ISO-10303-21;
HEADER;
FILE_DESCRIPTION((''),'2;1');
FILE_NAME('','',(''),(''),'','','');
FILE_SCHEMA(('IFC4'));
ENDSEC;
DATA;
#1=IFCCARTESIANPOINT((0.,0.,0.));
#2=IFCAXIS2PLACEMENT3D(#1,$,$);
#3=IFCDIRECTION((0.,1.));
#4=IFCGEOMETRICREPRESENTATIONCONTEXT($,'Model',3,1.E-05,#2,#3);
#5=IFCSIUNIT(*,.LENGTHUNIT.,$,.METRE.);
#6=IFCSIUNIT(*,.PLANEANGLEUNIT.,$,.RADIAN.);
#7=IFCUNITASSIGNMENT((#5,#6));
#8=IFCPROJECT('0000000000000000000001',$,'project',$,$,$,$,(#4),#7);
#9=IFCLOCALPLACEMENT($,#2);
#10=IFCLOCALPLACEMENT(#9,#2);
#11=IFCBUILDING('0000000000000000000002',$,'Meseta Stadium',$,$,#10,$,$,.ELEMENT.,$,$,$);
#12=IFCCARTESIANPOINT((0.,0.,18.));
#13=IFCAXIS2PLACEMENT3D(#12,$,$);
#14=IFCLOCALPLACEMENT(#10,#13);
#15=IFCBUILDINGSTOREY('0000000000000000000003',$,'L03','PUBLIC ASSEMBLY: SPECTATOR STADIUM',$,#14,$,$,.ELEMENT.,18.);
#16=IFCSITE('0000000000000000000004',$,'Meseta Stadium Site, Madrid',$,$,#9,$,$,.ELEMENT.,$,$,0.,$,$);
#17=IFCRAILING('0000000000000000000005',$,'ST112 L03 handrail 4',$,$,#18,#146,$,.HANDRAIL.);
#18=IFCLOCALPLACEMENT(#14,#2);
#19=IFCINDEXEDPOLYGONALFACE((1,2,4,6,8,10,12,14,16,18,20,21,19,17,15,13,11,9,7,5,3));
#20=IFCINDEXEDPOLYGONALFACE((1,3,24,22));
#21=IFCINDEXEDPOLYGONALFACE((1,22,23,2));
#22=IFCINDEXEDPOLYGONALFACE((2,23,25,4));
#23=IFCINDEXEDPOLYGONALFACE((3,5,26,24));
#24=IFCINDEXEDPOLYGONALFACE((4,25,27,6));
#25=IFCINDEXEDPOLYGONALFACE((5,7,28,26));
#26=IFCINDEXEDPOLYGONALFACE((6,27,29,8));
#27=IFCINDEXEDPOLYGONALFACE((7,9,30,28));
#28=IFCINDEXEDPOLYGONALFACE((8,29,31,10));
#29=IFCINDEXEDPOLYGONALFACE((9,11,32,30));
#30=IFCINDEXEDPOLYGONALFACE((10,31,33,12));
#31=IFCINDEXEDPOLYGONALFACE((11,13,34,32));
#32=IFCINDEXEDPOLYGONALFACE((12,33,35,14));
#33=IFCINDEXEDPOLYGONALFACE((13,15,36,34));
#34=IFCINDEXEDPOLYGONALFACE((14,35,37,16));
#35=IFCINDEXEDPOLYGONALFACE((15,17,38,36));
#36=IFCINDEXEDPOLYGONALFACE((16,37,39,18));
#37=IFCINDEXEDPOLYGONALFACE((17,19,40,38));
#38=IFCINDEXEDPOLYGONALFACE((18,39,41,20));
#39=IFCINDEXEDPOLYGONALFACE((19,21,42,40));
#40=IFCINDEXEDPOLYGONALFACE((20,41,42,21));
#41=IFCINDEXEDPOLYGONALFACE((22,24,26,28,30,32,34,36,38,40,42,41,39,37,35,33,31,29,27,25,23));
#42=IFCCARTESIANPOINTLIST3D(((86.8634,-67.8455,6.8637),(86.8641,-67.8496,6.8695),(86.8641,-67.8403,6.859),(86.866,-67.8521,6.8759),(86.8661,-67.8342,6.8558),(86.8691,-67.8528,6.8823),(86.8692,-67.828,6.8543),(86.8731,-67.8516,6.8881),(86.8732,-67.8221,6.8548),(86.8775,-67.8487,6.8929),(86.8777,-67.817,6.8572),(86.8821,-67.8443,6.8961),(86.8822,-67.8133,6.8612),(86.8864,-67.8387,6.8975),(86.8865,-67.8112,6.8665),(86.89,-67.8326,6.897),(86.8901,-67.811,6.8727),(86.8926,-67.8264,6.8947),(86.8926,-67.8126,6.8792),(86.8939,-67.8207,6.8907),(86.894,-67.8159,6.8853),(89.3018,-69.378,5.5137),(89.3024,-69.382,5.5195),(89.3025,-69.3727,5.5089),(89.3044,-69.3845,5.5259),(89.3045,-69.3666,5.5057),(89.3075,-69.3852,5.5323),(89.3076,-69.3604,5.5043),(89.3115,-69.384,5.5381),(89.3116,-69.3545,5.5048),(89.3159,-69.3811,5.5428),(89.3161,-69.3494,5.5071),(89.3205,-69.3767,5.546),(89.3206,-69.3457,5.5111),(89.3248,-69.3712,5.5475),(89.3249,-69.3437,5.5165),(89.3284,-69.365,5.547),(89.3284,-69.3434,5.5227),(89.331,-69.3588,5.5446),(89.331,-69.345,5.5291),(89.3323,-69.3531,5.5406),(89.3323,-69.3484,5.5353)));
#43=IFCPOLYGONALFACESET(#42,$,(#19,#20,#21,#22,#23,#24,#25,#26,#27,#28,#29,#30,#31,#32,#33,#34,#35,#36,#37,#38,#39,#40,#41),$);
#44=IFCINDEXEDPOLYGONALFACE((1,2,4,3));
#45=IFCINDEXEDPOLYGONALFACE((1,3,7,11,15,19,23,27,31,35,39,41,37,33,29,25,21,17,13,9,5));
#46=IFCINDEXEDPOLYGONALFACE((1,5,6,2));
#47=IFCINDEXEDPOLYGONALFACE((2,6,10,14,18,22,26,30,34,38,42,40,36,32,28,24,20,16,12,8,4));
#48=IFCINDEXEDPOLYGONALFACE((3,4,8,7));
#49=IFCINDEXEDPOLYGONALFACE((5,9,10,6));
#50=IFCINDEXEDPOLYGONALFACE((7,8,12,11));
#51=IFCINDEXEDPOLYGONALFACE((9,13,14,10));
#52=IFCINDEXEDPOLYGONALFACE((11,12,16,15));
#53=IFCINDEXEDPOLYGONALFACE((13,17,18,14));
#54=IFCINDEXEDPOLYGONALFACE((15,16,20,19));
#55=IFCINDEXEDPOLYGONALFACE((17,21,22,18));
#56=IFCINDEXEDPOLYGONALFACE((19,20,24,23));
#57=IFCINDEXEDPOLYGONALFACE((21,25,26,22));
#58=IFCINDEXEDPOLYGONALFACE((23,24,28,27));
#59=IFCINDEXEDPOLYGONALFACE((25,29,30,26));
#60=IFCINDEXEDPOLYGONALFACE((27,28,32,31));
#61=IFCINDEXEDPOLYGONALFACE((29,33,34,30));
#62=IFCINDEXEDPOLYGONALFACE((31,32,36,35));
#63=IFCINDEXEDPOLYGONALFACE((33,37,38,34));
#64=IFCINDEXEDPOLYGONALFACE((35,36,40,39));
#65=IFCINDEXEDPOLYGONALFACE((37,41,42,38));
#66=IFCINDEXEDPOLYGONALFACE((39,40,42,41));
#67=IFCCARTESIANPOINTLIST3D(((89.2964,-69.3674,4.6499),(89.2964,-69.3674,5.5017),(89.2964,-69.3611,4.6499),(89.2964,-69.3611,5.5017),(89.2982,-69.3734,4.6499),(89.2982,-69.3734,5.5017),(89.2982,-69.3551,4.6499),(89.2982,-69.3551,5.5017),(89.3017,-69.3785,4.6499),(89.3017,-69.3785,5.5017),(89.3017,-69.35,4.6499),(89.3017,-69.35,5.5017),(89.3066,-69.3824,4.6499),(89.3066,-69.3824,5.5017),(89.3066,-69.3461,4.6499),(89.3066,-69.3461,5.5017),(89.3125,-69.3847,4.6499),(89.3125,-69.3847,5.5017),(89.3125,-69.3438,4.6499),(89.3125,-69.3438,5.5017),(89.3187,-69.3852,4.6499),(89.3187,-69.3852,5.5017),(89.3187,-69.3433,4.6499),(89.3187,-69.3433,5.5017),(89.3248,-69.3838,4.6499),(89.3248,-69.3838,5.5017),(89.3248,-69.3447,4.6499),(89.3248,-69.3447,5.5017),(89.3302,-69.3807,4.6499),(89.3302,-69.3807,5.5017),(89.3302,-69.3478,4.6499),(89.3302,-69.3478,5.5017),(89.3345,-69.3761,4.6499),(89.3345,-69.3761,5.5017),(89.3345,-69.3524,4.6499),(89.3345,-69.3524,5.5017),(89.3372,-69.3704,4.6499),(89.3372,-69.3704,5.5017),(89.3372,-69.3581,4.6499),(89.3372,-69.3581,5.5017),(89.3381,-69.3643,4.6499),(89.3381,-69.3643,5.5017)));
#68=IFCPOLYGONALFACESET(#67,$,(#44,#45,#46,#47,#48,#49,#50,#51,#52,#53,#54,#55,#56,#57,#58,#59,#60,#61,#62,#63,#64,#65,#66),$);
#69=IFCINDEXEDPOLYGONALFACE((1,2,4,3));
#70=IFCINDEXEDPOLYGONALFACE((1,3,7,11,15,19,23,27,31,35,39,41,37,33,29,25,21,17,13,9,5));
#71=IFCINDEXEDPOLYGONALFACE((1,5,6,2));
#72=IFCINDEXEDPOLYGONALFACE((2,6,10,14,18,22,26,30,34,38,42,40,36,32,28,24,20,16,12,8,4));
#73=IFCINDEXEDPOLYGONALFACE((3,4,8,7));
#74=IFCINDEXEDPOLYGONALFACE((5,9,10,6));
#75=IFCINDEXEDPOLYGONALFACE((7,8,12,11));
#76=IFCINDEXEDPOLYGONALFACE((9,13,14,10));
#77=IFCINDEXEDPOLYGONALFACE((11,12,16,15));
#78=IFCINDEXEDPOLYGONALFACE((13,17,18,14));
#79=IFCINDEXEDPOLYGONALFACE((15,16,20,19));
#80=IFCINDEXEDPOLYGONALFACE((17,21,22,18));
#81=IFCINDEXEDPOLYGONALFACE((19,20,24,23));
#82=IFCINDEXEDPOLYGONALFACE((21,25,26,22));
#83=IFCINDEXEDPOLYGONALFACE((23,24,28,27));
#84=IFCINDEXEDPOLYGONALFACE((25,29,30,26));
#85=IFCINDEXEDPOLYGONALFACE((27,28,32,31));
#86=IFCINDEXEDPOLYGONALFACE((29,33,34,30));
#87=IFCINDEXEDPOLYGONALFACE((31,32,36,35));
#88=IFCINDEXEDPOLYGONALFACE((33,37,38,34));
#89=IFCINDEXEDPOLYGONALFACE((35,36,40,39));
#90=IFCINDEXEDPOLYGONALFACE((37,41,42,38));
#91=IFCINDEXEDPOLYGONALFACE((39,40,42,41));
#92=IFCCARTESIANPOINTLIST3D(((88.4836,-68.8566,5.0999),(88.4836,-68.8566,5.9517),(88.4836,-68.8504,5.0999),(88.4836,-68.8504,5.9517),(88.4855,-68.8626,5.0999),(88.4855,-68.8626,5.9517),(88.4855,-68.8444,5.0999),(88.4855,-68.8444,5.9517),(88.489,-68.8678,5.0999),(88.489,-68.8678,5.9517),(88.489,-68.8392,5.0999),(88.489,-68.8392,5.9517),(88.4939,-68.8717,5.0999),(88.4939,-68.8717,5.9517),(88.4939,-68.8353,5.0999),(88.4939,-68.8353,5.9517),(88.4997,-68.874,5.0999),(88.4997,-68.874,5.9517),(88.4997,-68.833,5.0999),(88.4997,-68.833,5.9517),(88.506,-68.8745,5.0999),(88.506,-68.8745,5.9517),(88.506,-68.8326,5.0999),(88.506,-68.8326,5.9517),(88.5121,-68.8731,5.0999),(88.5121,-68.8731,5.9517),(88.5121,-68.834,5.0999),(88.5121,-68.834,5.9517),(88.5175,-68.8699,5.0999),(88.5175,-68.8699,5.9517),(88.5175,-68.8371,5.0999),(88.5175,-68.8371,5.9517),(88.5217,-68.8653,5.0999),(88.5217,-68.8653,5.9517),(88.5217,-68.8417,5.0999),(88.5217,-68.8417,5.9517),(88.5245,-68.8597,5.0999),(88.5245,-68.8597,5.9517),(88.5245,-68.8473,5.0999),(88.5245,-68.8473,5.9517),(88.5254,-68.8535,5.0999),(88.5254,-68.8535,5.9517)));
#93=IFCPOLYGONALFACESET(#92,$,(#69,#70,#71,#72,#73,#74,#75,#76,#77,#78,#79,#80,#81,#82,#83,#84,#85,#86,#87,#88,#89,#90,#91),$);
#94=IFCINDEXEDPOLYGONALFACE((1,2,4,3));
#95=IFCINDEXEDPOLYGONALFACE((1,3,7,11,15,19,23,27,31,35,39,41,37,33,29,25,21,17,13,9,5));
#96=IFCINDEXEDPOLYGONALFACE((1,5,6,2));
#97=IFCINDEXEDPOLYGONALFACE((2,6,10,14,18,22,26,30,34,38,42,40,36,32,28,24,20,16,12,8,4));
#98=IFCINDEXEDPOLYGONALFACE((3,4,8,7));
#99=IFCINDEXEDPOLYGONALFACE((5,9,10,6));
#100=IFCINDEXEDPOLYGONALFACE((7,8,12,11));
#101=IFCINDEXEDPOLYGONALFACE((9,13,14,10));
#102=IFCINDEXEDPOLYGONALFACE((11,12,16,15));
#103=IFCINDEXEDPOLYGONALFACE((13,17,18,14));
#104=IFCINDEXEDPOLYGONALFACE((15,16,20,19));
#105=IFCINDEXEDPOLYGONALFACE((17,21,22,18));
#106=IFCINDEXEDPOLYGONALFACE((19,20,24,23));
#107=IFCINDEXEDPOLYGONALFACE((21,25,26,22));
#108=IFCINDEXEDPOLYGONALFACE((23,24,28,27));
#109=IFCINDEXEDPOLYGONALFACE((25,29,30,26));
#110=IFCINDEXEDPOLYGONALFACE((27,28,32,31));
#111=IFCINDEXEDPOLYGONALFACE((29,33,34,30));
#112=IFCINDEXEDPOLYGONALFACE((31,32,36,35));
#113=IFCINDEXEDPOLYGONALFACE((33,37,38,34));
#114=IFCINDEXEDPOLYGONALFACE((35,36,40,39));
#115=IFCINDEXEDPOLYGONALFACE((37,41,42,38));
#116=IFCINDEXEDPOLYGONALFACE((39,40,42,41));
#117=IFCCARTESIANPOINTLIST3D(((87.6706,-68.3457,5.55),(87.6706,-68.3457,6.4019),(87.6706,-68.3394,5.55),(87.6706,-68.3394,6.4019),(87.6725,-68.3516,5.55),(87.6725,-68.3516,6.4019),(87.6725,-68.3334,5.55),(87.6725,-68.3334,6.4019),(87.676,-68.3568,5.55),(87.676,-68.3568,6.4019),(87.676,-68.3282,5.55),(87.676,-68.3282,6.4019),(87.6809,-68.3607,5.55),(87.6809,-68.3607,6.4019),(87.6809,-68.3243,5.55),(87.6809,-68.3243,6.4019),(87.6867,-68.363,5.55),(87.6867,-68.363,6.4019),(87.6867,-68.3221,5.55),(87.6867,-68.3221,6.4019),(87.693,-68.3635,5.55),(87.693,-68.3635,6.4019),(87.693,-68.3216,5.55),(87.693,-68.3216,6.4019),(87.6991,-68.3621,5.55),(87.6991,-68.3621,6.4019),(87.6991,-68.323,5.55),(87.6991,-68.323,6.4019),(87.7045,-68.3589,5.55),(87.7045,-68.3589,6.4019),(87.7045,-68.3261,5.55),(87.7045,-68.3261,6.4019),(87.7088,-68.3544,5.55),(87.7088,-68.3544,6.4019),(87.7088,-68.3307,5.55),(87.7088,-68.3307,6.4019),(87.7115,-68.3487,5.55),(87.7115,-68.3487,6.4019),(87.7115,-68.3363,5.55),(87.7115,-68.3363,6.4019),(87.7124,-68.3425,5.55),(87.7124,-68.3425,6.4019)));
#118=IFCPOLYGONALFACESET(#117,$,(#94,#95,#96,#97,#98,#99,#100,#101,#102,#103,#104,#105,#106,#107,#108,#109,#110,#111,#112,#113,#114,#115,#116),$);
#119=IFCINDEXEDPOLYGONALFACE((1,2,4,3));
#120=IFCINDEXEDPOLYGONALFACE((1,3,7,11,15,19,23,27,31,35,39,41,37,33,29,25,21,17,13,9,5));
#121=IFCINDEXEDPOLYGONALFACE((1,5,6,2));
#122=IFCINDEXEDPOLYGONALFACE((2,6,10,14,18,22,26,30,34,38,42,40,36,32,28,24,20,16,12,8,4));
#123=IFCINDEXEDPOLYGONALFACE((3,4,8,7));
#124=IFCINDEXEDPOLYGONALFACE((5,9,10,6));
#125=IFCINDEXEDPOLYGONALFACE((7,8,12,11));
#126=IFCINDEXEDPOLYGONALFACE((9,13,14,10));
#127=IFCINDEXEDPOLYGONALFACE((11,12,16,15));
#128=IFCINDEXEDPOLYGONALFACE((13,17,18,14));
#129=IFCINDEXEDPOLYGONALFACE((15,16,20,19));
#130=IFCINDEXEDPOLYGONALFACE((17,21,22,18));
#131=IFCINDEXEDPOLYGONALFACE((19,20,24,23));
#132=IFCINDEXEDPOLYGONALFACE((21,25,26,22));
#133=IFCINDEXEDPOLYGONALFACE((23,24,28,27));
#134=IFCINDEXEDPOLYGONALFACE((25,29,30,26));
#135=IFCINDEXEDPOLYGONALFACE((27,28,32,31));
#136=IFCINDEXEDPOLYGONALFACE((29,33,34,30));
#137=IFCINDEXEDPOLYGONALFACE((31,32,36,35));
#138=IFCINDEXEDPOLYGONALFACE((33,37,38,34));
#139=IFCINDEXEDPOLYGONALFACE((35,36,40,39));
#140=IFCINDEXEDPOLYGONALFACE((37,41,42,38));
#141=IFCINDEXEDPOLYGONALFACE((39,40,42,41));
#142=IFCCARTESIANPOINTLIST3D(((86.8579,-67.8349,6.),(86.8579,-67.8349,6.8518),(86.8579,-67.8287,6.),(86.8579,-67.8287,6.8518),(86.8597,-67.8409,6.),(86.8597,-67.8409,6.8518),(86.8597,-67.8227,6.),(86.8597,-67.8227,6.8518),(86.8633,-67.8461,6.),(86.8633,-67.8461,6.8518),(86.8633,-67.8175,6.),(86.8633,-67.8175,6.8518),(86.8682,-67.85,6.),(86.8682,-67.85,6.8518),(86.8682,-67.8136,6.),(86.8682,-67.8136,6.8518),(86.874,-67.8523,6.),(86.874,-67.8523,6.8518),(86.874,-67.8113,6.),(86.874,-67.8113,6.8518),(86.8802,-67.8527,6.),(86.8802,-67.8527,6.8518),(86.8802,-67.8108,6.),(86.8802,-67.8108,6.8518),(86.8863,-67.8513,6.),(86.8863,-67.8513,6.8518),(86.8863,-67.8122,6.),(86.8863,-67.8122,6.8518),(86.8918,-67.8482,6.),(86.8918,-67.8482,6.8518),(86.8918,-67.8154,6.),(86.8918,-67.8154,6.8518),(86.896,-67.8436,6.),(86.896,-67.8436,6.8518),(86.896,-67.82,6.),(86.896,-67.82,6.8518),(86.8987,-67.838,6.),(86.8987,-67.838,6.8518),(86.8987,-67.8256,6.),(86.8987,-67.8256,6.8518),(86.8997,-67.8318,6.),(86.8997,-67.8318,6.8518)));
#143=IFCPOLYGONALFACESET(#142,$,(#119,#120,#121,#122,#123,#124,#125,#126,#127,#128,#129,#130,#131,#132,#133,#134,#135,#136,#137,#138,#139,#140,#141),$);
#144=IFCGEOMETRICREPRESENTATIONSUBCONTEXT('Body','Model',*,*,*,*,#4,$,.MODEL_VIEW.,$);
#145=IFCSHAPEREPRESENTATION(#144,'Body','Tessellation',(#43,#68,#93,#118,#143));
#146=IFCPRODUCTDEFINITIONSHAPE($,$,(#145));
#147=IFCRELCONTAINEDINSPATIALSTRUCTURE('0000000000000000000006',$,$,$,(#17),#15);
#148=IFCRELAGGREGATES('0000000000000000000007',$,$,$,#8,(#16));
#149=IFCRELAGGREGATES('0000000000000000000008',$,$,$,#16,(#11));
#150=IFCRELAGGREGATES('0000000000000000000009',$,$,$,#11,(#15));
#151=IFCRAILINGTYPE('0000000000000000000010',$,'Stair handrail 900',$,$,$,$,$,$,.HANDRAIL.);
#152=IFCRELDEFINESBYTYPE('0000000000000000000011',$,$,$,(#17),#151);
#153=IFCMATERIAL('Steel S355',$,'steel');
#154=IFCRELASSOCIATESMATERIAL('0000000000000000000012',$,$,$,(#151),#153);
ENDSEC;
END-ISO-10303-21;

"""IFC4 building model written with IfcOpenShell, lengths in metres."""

from ifc_helpers import new_model, si_unit, direction, frame, origin, origin_2d, place, context, subcontext, project, spatial, circle, extrude, material, type_object, element, save


model = new_model("IFC4")

# Units and contexts
model_context = context("Model", 3, precision=1e-05, world=origin(), true_north=direction((0.0, 1.0)))
body_context = subcontext(model_context, "Body", "Model", "MODEL_VIEW")
ifc_project = project(units=[si_unit("LENGTHUNIT", "METRE"), si_unit("PLANEANGLEUNIT", "RADIAN")], contexts=[model_context])

# Site, building, storey
site_placement = place(None, origin())
site = spatial("IfcSite", under=ifc_project, at=site_placement, Name="Meseta Stadium Site, Madrid", CompositionType="ELEMENT", RefElevation=0.0)
building_placement = place(site_placement, origin())
building = spatial("IfcBuilding", under=site, at=building_placement, Name="Meseta Stadium", CompositionType="ELEMENT")
storey_placement = place(building_placement, frame((0.0, 0.0, 18.0)))
storey = spatial("IfcBuildingStorey", under=building, at=storey_placement, Name="L03", Description="PUBLIC ASSEMBLY: SPECTATOR STADIUM", CompositionType="ELEMENT", Elevation=18.0)

# Railing
ifc_material_1 = material(Name="Steel S355", Category="steel")
railing_type_1 = type_object("IfcRailingType", Name="Stair handrail 900", PredefinedType="HANDRAIL", material=ifc_material_1)
for number, where, name in (
    (1, (89.3171, -69.3643, 4.6499), "ST112 L03 handrail 4"),
):
    element("IfcRailing", number, at=place(storey_placement, frame(where)), inside=storey, type_object=railing_type_1, Name=name, PredefinedType="HANDRAIL", context=body_context, shape_type="SweptSolid", body=[
        extrude(circle(Radius=0.0239, at=origin_2d()), frame((0.0, 0.0, 0.876), z_axis=(-0.766627, 0.48179, 0.424454), x_axis=(-0.5321, -0.846681, 0.0)), (0.0, 0.0, 1.0), 3.1807),
        extrude(circle(Radius=0.021, at=origin_2d()), origin(), (0.0, 0.0, 1.0), 0.8518),
        extrude(circle(Radius=0.021, at=origin_2d()), frame((-0.8127, 0.5107, 0.45)), (0.0, 0.0, 1.0), 0.8518),
        extrude(circle(Radius=0.021, at=origin_2d()), frame((-1.6257, 1.0217, 0.9001)), (0.0, 0.0, 1.0), 0.8518),
        extrude(circle(Radius=0.021, at=origin_2d()), frame((-2.4385, 1.5325, 1.3501)), (0.0, 0.0, 1.0), 0.8518),
    ])

save(model, "model.ifc")
